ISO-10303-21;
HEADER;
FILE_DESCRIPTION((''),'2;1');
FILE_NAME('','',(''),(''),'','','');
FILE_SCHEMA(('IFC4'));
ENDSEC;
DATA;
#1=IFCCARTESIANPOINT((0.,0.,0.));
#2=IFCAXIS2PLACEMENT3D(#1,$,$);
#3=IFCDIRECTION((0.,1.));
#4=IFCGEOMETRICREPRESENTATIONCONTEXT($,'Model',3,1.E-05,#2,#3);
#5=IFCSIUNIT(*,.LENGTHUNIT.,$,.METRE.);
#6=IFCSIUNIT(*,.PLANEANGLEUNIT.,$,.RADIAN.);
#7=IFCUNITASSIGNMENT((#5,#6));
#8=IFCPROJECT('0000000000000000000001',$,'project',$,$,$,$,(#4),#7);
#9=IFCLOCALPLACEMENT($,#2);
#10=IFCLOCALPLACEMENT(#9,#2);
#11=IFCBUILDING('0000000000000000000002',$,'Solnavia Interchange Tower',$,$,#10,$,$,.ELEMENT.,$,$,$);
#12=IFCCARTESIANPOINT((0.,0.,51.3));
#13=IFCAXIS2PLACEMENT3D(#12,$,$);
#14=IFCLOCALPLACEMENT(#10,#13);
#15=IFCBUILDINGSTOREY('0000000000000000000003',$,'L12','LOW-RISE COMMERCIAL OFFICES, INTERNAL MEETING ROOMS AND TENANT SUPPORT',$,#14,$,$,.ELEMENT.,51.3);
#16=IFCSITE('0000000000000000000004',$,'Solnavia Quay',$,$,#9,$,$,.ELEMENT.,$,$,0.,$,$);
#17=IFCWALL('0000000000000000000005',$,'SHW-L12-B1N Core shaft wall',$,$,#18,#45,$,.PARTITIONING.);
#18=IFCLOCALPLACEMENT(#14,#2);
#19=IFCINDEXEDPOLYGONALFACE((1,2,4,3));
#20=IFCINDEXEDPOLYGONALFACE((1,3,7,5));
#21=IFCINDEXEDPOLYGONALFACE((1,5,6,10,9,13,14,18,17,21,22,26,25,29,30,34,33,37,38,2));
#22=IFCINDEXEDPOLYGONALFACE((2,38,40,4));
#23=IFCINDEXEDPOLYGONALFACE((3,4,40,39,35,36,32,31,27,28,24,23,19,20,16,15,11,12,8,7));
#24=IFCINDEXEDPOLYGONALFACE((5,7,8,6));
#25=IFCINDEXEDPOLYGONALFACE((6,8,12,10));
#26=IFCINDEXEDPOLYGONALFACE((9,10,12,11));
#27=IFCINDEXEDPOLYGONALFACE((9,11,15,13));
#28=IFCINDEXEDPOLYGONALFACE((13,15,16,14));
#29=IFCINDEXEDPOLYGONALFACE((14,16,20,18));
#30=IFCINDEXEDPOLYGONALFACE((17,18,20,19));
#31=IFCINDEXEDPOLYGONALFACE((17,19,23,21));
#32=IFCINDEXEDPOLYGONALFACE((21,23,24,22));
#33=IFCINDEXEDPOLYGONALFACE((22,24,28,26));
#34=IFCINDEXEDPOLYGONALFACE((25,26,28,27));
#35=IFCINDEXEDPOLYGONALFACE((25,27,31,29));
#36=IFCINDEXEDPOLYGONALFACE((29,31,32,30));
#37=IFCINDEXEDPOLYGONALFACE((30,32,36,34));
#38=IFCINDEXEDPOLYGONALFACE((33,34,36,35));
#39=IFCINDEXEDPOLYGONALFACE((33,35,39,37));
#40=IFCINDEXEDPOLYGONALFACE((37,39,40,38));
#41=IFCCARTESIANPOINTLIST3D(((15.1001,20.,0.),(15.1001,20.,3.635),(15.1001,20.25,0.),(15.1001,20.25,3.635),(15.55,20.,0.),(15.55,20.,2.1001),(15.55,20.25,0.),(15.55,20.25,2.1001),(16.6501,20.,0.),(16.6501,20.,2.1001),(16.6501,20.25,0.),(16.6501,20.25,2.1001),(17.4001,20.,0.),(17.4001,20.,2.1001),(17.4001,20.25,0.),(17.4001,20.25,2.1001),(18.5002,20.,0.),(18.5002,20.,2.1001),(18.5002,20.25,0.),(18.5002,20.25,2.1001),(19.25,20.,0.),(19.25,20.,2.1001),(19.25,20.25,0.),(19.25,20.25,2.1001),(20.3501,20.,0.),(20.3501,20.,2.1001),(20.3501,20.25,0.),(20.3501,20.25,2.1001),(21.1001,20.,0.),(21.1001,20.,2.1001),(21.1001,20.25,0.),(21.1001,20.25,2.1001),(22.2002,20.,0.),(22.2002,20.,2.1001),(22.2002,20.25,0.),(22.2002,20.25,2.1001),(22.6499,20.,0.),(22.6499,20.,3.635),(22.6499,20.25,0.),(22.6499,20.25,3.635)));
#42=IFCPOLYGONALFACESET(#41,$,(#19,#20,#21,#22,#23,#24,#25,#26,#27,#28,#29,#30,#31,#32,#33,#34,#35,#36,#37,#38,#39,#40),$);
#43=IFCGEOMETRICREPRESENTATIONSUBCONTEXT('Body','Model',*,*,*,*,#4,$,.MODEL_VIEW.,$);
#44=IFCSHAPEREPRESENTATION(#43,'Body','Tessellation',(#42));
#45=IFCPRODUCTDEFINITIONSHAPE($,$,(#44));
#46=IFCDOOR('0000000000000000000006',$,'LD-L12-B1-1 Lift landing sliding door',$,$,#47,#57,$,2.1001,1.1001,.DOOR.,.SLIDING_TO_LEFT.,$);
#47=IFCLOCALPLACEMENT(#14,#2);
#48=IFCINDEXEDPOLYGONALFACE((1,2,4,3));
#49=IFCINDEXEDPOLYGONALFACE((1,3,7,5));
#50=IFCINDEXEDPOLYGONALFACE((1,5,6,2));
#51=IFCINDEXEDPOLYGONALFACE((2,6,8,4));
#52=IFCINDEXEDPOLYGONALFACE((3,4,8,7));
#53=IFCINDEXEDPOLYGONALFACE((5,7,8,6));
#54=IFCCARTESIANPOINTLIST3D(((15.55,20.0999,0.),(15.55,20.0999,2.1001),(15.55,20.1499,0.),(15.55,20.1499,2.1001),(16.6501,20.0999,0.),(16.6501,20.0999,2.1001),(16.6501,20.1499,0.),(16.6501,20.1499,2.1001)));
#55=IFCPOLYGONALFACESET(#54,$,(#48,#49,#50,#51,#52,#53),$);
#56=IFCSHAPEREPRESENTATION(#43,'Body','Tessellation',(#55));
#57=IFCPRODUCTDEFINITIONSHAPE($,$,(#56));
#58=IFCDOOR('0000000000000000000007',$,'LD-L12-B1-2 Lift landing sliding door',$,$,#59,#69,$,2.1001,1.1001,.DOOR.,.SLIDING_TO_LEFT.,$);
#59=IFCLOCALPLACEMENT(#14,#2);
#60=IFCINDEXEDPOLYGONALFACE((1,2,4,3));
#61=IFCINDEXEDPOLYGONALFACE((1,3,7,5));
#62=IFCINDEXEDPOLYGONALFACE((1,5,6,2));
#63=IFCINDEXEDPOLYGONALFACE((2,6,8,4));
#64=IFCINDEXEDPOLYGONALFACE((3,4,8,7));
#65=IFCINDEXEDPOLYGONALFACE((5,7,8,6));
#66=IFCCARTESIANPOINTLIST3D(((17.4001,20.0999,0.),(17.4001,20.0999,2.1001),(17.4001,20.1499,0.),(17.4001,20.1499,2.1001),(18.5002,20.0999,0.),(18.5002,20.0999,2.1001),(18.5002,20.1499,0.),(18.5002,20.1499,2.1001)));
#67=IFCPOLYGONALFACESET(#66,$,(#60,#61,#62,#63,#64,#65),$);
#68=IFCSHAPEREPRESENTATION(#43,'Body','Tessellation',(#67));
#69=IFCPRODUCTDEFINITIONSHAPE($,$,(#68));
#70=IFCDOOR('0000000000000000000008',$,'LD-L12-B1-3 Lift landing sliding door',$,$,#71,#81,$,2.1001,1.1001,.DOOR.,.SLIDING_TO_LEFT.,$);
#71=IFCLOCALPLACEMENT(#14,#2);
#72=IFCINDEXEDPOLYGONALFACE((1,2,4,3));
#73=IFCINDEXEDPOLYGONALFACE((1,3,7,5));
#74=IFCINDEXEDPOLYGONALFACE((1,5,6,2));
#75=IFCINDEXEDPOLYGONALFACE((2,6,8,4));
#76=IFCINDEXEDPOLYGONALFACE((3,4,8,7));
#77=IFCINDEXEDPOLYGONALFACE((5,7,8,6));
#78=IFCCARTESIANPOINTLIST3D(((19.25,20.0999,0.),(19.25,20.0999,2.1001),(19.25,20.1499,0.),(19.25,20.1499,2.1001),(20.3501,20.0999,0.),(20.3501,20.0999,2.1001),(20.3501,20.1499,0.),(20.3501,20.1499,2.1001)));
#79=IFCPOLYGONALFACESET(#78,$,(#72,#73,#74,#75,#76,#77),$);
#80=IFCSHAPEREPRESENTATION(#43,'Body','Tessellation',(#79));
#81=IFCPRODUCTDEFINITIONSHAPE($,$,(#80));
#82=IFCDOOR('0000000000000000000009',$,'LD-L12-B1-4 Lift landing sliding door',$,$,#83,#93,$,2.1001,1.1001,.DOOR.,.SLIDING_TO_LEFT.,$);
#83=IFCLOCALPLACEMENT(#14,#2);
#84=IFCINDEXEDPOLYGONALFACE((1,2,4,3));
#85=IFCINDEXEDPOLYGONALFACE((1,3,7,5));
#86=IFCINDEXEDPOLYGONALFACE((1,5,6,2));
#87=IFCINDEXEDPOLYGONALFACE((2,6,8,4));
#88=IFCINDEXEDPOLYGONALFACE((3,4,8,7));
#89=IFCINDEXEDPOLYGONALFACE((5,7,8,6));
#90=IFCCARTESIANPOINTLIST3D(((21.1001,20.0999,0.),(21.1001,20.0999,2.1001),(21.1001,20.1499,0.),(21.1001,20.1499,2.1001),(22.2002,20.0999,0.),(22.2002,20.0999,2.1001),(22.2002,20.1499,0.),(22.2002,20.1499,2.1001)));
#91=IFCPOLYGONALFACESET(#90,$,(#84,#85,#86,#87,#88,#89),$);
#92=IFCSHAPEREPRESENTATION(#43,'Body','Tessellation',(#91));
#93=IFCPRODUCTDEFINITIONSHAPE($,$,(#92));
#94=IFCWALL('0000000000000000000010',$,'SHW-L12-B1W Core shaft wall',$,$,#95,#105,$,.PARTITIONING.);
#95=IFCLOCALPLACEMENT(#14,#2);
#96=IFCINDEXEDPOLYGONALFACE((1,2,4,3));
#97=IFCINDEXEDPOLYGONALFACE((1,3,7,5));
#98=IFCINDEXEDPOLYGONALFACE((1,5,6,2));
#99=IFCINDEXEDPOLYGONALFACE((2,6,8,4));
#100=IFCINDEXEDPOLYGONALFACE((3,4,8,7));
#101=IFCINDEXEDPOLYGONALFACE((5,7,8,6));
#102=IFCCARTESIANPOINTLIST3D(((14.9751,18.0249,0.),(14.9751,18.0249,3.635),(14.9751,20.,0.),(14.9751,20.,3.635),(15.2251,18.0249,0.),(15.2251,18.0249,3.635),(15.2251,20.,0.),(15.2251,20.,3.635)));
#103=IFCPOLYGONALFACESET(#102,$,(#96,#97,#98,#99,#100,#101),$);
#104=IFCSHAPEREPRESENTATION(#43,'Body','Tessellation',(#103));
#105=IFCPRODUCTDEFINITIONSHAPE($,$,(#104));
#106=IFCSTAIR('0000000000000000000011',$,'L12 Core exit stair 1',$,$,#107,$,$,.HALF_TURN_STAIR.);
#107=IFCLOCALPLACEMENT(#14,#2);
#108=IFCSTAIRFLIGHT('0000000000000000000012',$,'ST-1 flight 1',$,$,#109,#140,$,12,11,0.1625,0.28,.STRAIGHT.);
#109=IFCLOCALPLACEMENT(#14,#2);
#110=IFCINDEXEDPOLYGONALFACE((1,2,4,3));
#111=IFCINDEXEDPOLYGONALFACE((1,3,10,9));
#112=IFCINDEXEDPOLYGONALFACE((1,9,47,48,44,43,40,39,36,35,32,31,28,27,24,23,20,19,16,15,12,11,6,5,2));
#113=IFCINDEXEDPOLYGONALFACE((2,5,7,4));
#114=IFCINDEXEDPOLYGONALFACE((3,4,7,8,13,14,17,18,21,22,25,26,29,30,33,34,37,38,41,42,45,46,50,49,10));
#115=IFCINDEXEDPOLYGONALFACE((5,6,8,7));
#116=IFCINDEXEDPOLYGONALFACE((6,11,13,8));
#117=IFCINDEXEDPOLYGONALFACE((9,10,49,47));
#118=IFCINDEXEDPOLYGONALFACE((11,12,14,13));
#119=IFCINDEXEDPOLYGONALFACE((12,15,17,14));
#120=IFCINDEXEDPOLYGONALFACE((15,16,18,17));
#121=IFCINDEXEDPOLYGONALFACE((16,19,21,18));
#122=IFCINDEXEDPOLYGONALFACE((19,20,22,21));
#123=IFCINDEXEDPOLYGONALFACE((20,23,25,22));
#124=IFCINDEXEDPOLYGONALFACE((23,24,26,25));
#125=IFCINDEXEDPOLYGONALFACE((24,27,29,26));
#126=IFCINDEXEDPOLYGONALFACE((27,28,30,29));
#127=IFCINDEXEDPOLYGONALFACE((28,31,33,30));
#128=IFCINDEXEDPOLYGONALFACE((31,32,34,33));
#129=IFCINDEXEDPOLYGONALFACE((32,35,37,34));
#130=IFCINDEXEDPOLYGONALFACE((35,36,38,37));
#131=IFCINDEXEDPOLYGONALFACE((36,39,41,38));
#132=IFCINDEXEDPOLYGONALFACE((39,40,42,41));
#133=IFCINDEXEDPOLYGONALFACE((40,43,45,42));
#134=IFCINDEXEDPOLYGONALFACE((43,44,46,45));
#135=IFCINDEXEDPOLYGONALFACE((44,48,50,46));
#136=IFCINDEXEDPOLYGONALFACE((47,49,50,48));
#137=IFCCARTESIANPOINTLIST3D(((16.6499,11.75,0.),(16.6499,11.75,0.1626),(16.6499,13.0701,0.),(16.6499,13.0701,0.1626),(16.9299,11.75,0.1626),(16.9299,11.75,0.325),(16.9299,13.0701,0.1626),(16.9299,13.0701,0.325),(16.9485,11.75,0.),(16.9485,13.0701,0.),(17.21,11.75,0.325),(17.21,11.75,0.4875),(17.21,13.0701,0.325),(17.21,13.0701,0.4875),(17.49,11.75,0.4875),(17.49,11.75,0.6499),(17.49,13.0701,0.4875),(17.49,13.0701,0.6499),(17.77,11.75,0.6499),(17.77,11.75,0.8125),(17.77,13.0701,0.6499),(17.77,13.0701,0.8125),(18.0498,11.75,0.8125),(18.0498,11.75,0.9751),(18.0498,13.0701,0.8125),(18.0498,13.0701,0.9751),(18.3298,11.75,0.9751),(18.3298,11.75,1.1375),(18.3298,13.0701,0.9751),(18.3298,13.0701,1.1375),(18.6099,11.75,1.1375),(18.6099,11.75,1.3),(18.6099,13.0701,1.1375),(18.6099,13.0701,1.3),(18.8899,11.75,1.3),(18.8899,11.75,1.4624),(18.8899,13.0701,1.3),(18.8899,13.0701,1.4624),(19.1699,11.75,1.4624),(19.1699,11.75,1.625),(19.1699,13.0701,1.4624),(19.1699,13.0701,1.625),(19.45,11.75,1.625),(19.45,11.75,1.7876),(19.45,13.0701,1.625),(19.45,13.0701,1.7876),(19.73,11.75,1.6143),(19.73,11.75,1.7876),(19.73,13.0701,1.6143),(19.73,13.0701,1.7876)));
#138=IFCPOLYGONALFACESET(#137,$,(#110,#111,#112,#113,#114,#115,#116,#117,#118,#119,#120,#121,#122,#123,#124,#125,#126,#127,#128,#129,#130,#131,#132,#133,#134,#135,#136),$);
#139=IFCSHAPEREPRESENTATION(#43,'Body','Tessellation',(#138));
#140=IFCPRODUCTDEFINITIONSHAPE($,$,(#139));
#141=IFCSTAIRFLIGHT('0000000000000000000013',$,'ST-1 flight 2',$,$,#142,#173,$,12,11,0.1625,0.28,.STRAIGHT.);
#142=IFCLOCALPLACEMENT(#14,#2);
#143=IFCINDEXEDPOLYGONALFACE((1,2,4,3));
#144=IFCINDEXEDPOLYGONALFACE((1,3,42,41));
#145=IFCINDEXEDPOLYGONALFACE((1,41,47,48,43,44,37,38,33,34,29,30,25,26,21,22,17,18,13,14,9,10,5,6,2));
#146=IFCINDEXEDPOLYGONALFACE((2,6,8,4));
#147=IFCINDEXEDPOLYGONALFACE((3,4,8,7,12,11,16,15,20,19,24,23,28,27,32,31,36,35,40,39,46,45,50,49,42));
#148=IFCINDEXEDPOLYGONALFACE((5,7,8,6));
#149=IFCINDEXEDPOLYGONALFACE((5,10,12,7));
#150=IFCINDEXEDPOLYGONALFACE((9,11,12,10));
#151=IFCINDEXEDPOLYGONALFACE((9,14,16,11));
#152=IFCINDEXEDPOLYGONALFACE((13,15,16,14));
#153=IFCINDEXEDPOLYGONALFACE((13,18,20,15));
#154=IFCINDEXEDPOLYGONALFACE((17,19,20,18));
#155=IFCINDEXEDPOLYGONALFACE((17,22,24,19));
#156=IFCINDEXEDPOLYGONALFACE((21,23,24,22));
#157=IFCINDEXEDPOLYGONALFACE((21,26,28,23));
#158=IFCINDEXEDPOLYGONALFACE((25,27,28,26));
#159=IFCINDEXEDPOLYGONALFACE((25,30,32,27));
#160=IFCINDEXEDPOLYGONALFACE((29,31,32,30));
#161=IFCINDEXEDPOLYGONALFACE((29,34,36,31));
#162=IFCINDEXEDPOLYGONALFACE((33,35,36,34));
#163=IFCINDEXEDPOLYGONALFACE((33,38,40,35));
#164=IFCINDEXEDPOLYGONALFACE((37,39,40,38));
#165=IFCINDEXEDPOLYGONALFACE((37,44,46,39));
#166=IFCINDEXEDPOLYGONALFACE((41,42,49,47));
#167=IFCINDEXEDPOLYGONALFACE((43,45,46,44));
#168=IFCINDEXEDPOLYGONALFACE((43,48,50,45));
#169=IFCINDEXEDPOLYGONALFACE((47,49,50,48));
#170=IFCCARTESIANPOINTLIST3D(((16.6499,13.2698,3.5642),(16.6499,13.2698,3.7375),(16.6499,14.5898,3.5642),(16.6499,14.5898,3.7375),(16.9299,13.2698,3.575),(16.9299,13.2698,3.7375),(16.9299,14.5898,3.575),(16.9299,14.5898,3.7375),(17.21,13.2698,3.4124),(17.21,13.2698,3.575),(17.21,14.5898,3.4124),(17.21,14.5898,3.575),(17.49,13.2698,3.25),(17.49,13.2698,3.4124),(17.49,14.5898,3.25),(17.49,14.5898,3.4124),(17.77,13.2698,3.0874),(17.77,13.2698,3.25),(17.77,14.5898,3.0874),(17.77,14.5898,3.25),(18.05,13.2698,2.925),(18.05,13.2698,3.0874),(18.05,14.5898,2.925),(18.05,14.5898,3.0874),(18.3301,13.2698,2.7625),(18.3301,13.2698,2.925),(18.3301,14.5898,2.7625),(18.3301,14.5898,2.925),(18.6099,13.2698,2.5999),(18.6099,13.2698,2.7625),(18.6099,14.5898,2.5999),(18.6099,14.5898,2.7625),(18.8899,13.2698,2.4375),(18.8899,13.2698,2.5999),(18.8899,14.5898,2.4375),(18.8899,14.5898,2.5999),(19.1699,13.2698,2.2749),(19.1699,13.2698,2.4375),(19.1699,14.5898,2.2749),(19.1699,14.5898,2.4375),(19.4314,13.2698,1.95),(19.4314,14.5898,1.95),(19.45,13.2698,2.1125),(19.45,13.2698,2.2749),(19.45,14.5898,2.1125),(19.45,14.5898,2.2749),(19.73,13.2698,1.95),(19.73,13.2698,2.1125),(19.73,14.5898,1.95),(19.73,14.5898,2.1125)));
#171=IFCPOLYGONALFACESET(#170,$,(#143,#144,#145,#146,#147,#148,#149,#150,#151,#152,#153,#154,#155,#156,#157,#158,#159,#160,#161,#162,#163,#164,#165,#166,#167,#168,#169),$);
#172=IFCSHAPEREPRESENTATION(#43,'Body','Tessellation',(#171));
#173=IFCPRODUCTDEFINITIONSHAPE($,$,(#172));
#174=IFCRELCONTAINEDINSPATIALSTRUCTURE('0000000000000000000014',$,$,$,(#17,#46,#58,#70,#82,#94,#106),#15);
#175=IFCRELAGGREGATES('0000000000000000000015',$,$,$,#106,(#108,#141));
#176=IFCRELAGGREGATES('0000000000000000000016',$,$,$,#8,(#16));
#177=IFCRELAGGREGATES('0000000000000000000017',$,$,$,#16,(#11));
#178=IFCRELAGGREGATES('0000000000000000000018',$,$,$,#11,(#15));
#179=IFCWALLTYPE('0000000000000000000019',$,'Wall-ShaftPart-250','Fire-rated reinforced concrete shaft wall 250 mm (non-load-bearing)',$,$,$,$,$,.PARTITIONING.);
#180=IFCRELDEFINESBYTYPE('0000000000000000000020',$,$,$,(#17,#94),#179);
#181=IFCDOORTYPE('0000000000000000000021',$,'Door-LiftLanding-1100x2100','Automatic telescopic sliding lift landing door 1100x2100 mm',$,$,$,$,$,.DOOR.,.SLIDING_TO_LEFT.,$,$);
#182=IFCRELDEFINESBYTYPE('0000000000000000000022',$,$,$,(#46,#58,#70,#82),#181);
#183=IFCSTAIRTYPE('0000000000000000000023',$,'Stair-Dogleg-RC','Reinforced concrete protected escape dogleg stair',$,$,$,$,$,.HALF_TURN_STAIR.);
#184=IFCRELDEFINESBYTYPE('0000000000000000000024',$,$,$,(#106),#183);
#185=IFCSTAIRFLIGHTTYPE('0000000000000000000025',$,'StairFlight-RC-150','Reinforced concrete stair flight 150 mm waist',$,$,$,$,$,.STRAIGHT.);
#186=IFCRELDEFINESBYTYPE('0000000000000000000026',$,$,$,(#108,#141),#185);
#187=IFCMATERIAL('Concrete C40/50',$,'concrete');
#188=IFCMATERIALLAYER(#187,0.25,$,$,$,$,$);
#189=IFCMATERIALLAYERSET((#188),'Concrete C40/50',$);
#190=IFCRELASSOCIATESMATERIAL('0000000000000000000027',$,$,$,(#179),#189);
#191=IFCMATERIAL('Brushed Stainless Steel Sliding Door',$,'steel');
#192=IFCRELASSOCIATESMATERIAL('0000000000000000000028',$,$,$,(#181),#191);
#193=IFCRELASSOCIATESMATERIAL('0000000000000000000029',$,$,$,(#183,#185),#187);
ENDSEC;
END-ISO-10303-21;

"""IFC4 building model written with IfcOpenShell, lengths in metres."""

from ifc_helpers import new_model, si_unit, direction, frame, frame_2d, origin, place, context, subcontext, project, spatial, polyline, rectangle, outline, extrude, material, layer, layer_set, type_object, element, fill, aggregate, save


model = new_model("IFC4")

# Units and contexts
model_context = context("Model", 3, precision=1e-05, world=origin(), true_north=direction((0.0, 1.0)))
body_context = subcontext(model_context, "Body", "Model", "MODEL_VIEW")
ifc_project = project(units=[si_unit("LENGTHUNIT", "METRE"), si_unit("PLANEANGLEUNIT", "RADIAN")], contexts=[model_context])

# Site, building, storey
site_placement = place(None, origin())
site = spatial("IfcSite", under=ifc_project, at=site_placement, Name="Solnavia Quay", CompositionType="ELEMENT", RefElevation=0.0)
building_placement = place(site_placement, origin())
building = spatial("IfcBuilding", under=site, at=building_placement, Name="Solnavia Interchange Tower", CompositionType="ELEMENT")
storey_placement = place(building_placement, frame((0.0, 0.0, 51.3)))
storey = spatial("IfcBuildingStorey", under=building, at=storey_placement, Name="L12", Description="LOW-RISE COMMERCIAL OFFICES, INTERNAL MEETING ROOMS AND TENANT SUPPORT", CompositionType="ELEMENT", Elevation=51.3)

# Shared definitions
ifc_material_1 = material(Name="Concrete C40/50", Category="concrete")

# Shared definitions
ifc_layer_1 = layer(ifc_material_1, 0.25)
ifc_layer_set_1 = layer_set([ifc_layer_1], Name="Concrete C40/50")
wall_type_1 = type_object("IfcWallType", Name="Wall-ShaftPart-250", Description="Fire-rated reinforced concrete shaft wall 250 mm (non-load-bearing)", PredefinedType="PARTITIONING", material=ifc_layer_set_1)

# Shared definitions
ifc_material_2 = material(Name="Brushed Stainless Steel Sliding Door", Category="steel")
door_type_1 = type_object("IfcDoorType", Name="Door-LiftLanding-1100x2100", Description="Automatic telescopic sliding lift landing door 1100x2100 mm", OperationType="SLIDING_TO_LEFT", PredefinedType="DOOR", material=ifc_material_2)

# Wall, openings, doors
wall_1_placement = place(storey_placement, frame((15.1001, 20.125, 0.0), z_axis=(0.0, 0.0, 1.0), x_axis=(1.0, 0.0, 0.0)))
wall_1 = element("IfcWall", 1, at=wall_1_placement, inside=storey, type_object=wall_type_1, Name="SHW-L12-B1N Core shaft wall", PredefinedType="PARTITIONING", context=body_context, shape_type="SweptSolid", body=[
    extrude(rectangle(XDim=7.5498, YDim=0.25, at=frame_2d((3.7749, 0.0))), origin(), (0.0, 0.0, 1.0), 3.635),
])
opening_1_placement = place(wall_1_placement, frame((0.45, 0.0, 0.0)))
opening_1 = element("IfcOpeningElement", 2, at=opening_1_placement, cuts=wall_1, PredefinedType="OPENING", context=body_context, shape_type="SweptSolid", body=[
    extrude(rectangle(XDim=1.1001, YDim=2.1001, at=frame_2d((0.55, 1.05))), frame((0.0, 0.135, 0.0), z_axis=(0.0, -1.0, 0.0), x_axis=(1.0, 0.0, 0.0)), (0.0, 0.0, 1.0), 0.27),
])
opening_2_placement = place(wall_1_placement, frame((2.3, 0.0, 0.0)))
opening_2 = element("IfcOpeningElement", 3, at=opening_2_placement, cuts=wall_1, PredefinedType="OPENING", context=body_context, shape_type="SweptSolid", body=[
    extrude(rectangle(XDim=1.1001, YDim=2.1001, at=frame_2d((0.55, 1.05))), frame((0.0, 0.135, 0.0), z_axis=(0.0, -1.0, 0.0), x_axis=(1.0, 0.0, 0.0)), (0.0, 0.0, 1.0), 0.27),
])
opening_3_placement = place(wall_1_placement, frame((4.1499, 0.0, 0.0)))
opening_3 = element("IfcOpeningElement", 4, at=opening_3_placement, cuts=wall_1, PredefinedType="OPENING", context=body_context, shape_type="SweptSolid", body=[
    extrude(rectangle(XDim=1.1001, YDim=2.1001, at=frame_2d((0.55, 1.05))), frame((0.0, 0.135, 0.0), z_axis=(0.0, -1.0, 0.0), x_axis=(1.0, 0.0, 0.0)), (0.0, 0.0, 1.0), 0.27),
])
opening_4_placement = place(wall_1_placement, frame((6.0, 0.0, 0.0)))
opening_4 = element("IfcOpeningElement", 5, at=opening_4_placement, cuts=wall_1, PredefinedType="OPENING", context=body_context, shape_type="SweptSolid", body=[
    extrude(rectangle(XDim=1.1001, YDim=2.1001, at=frame_2d((0.55, 1.05))), frame((0.0, 0.135, 0.0), z_axis=(0.0, -1.0, 0.0), x_axis=(1.0, 0.0, 0.0)), (0.0, 0.0, 1.0), 0.27),
])
door_1_placement = place(opening_1_placement, origin())
door_1 = element("IfcDoor", 6, at=door_1_placement, inside=storey, type_object=door_type_1, Name="LD-L12-B1-1 Lift landing sliding door", OperationType="SLIDING_TO_LEFT", OverallHeight=2.1001, OverallWidth=1.1001, PredefinedType="DOOR", context=body_context, shape_type="SweptSolid", body=[
    extrude(rectangle(XDim=1.1001, YDim=2.1001, at=frame_2d((0.55, 1.05))), frame((0.0, 0.0249, 0.0), z_axis=(0.0, -1.0, 0.0), x_axis=(1.0, 0.0, 0.0)), (0.0, 0.0, 1.0), 0.05),
])
fill(opening_1, door_1)
door_2_placement = place(opening_2_placement, origin())
door_2 = element("IfcDoor", 7, at=door_2_placement, inside=storey, type_object=door_type_1, Name="LD-L12-B1-2 Lift landing sliding door", OperationType="SLIDING_TO_LEFT", OverallHeight=2.1001, OverallWidth=1.1001, PredefinedType="DOOR", context=body_context, shape_type="SweptSolid", body=[
    extrude(rectangle(XDim=1.1001, YDim=2.1001, at=frame_2d((0.55, 1.05))), frame((0.0, 0.0249, 0.0), z_axis=(0.0, -1.0, 0.0), x_axis=(1.0, 0.0, 0.0)), (0.0, 0.0, 1.0), 0.05),
])
fill(opening_2, door_2)
door_3_placement = place(opening_3_placement, origin())
door_3 = element("IfcDoor", 8, at=door_3_placement, inside=storey, type_object=door_type_1, Name="LD-L12-B1-3 Lift landing sliding door", OperationType="SLIDING_TO_LEFT", OverallHeight=2.1001, OverallWidth=1.1001, PredefinedType="DOOR", context=body_context, shape_type="SweptSolid", body=[
    extrude(rectangle(XDim=1.1001, YDim=2.1001, at=frame_2d((0.55, 1.05))), frame((0.0, 0.0249, 0.0), z_axis=(0.0, -1.0, 0.0), x_axis=(1.0, 0.0, 0.0)), (0.0, 0.0, 1.0), 0.05),
])
fill(opening_3, door_3)
door_4_placement = place(opening_4_placement, origin())
door_4 = element("IfcDoor", 9, at=door_4_placement, inside=storey, type_object=door_type_1, Name="LD-L12-B1-4 Lift landing sliding door", OperationType="SLIDING_TO_LEFT", OverallHeight=2.1001, OverallWidth=1.1001, PredefinedType="DOOR", context=body_context, shape_type="SweptSolid", body=[
    extrude(rectangle(XDim=1.1001, YDim=2.1001, at=frame_2d((0.55, 1.05))), frame((0.0, 0.0249, 0.0), z_axis=(0.0, -1.0, 0.0), x_axis=(1.0, 0.0, 0.0)), (0.0, 0.0, 1.0), 0.05),
])
fill(opening_4, door_4)

# Wall
wall_2_placement = place(storey_placement, frame((15.1001, 18.0249, 0.0), z_axis=(0.0, 0.0, 1.0), x_axis=(0.0, 1.0, 0.0)))
element("IfcWall", 10, at=wall_2_placement, inside=storey, type_object=wall_type_1, Name="SHW-L12-B1W Core shaft wall", PredefinedType="PARTITIONING", context=body_context, shape_type="SweptSolid", body=[
    extrude(rectangle(XDim=1.9751, YDim=0.25, at=frame_2d((0.9875, 0.0))), origin(), (0.0, 0.0, 1.0), 3.635),
])

# Stair, stair flights
stair_type = type_object("IfcStairType", Name="Stair-Dogleg-RC", Description="Reinforced concrete protected escape dogleg stair", PredefinedType="HALF_TURN_STAIR", material=ifc_material_1)
stair_placement = place(storey_placement, origin())
stair = element("IfcStair", 11, at=stair_placement, inside=storey, type_object=stair_type, Name="L12 Core exit stair 1", PredefinedType="HALF_TURN_STAIR")
stair_flight_type = type_object("IfcStairFlightType", Name="StairFlight-RC-150", Description="Reinforced concrete stair flight 150 mm waist", PredefinedType="STRAIGHT", material=ifc_material_1)
stair_flight_1_placement = place(storey_placement, frame((16.6499, 12.4099, 0.0), z_axis=(0.0, 0.0, 1.0), x_axis=(1.0, 0.0, 0.0)))
stair_flight_1 = element("IfcStairFlight", 12, at=stair_flight_1_placement, type_object=stair_flight_type, Name="ST-1 flight 1", NumberOfRisers=12, NumberOfTreads=11, PredefinedType="STRAIGHT", RiserHeight=0.1625, TreadLength=0.28, context=body_context, shape_type="SweptSolid", body=[
    extrude(outline(polyline([(0.0, 0.0), (0.0, 0.1626), (0.28, 0.1626), (0.28, 0.325), (0.5601, 0.325), (0.5601, 0.4875), (0.8401, 0.4875), (0.8401, 0.6499), (1.1201, 0.6499), (1.1201, 0.8125), (1.3999, 0.8125), (1.3999, 0.9751), (1.6799, 0.9751), (1.6799, 1.1375), (1.96, 1.1375), (1.96, 1.3), (2.24, 1.3), (2.24, 1.4624), (2.52, 1.4624), (2.52, 1.625), (2.8, 1.625), (2.8, 1.7876), (3.0801, 1.7876), (3.0801, 1.95), (3.0801, 1.6143), (0.2986, 0.0), (0.0, 0.0)])), frame((0.0, 0.6602, 0.0), z_axis=(0.0, -1.0, 0.0), x_axis=(1.0, 0.0, 0.0)), (0.0, 0.0, 1.0), 1.3201),
])
stair_flight_2_placement = place(storey_placement, frame((19.73, 13.9299, 1.95), z_axis=(0.0, 0.0, 1.0), x_axis=(-1.0, 0.0, 0.0)))
stair_flight_2 = element("IfcStairFlight", 13, at=stair_flight_2_placement, type_object=stair_flight_type, Name="ST-1 flight 2", NumberOfRisers=12, NumberOfTreads=11, PredefinedType="STRAIGHT", RiserHeight=0.1625, TreadLength=0.28, context=body_context, shape_type="SweptSolid", body=[
    extrude(outline(polyline([(0.0, 0.0), (0.0, 0.1626), (0.28, 0.1626), (0.28, 0.325), (0.5601, 0.325), (0.5601, 0.4875), (0.8401, 0.4875), (0.8401, 0.6499), (1.1201, 0.6499), (1.1201, 0.8125), (1.3999, 0.8125), (1.3999, 0.9751), (1.6799, 0.9751), (1.6799, 1.1375), (1.96, 1.1375), (1.96, 1.3), (2.24, 1.3), (2.24, 1.4624), (2.52, 1.4624), (2.52, 1.625), (2.8, 1.625), (2.8, 1.7876), (3.0801, 1.7876), (3.0801, 1.95), (3.0801, 1.6143), (0.2986, 0.0), (0.0, 0.0)])), frame((0.0, 0.6602, 0.0), z_axis=(0.0, -1.0, 0.0), x_axis=(1.0, 0.0, 0.0)), (0.0, 0.0, 1.0), 1.3201),
])
aggregate(stair, [stair_flight_1, stair_flight_2])

save(model, "model.ifc")
